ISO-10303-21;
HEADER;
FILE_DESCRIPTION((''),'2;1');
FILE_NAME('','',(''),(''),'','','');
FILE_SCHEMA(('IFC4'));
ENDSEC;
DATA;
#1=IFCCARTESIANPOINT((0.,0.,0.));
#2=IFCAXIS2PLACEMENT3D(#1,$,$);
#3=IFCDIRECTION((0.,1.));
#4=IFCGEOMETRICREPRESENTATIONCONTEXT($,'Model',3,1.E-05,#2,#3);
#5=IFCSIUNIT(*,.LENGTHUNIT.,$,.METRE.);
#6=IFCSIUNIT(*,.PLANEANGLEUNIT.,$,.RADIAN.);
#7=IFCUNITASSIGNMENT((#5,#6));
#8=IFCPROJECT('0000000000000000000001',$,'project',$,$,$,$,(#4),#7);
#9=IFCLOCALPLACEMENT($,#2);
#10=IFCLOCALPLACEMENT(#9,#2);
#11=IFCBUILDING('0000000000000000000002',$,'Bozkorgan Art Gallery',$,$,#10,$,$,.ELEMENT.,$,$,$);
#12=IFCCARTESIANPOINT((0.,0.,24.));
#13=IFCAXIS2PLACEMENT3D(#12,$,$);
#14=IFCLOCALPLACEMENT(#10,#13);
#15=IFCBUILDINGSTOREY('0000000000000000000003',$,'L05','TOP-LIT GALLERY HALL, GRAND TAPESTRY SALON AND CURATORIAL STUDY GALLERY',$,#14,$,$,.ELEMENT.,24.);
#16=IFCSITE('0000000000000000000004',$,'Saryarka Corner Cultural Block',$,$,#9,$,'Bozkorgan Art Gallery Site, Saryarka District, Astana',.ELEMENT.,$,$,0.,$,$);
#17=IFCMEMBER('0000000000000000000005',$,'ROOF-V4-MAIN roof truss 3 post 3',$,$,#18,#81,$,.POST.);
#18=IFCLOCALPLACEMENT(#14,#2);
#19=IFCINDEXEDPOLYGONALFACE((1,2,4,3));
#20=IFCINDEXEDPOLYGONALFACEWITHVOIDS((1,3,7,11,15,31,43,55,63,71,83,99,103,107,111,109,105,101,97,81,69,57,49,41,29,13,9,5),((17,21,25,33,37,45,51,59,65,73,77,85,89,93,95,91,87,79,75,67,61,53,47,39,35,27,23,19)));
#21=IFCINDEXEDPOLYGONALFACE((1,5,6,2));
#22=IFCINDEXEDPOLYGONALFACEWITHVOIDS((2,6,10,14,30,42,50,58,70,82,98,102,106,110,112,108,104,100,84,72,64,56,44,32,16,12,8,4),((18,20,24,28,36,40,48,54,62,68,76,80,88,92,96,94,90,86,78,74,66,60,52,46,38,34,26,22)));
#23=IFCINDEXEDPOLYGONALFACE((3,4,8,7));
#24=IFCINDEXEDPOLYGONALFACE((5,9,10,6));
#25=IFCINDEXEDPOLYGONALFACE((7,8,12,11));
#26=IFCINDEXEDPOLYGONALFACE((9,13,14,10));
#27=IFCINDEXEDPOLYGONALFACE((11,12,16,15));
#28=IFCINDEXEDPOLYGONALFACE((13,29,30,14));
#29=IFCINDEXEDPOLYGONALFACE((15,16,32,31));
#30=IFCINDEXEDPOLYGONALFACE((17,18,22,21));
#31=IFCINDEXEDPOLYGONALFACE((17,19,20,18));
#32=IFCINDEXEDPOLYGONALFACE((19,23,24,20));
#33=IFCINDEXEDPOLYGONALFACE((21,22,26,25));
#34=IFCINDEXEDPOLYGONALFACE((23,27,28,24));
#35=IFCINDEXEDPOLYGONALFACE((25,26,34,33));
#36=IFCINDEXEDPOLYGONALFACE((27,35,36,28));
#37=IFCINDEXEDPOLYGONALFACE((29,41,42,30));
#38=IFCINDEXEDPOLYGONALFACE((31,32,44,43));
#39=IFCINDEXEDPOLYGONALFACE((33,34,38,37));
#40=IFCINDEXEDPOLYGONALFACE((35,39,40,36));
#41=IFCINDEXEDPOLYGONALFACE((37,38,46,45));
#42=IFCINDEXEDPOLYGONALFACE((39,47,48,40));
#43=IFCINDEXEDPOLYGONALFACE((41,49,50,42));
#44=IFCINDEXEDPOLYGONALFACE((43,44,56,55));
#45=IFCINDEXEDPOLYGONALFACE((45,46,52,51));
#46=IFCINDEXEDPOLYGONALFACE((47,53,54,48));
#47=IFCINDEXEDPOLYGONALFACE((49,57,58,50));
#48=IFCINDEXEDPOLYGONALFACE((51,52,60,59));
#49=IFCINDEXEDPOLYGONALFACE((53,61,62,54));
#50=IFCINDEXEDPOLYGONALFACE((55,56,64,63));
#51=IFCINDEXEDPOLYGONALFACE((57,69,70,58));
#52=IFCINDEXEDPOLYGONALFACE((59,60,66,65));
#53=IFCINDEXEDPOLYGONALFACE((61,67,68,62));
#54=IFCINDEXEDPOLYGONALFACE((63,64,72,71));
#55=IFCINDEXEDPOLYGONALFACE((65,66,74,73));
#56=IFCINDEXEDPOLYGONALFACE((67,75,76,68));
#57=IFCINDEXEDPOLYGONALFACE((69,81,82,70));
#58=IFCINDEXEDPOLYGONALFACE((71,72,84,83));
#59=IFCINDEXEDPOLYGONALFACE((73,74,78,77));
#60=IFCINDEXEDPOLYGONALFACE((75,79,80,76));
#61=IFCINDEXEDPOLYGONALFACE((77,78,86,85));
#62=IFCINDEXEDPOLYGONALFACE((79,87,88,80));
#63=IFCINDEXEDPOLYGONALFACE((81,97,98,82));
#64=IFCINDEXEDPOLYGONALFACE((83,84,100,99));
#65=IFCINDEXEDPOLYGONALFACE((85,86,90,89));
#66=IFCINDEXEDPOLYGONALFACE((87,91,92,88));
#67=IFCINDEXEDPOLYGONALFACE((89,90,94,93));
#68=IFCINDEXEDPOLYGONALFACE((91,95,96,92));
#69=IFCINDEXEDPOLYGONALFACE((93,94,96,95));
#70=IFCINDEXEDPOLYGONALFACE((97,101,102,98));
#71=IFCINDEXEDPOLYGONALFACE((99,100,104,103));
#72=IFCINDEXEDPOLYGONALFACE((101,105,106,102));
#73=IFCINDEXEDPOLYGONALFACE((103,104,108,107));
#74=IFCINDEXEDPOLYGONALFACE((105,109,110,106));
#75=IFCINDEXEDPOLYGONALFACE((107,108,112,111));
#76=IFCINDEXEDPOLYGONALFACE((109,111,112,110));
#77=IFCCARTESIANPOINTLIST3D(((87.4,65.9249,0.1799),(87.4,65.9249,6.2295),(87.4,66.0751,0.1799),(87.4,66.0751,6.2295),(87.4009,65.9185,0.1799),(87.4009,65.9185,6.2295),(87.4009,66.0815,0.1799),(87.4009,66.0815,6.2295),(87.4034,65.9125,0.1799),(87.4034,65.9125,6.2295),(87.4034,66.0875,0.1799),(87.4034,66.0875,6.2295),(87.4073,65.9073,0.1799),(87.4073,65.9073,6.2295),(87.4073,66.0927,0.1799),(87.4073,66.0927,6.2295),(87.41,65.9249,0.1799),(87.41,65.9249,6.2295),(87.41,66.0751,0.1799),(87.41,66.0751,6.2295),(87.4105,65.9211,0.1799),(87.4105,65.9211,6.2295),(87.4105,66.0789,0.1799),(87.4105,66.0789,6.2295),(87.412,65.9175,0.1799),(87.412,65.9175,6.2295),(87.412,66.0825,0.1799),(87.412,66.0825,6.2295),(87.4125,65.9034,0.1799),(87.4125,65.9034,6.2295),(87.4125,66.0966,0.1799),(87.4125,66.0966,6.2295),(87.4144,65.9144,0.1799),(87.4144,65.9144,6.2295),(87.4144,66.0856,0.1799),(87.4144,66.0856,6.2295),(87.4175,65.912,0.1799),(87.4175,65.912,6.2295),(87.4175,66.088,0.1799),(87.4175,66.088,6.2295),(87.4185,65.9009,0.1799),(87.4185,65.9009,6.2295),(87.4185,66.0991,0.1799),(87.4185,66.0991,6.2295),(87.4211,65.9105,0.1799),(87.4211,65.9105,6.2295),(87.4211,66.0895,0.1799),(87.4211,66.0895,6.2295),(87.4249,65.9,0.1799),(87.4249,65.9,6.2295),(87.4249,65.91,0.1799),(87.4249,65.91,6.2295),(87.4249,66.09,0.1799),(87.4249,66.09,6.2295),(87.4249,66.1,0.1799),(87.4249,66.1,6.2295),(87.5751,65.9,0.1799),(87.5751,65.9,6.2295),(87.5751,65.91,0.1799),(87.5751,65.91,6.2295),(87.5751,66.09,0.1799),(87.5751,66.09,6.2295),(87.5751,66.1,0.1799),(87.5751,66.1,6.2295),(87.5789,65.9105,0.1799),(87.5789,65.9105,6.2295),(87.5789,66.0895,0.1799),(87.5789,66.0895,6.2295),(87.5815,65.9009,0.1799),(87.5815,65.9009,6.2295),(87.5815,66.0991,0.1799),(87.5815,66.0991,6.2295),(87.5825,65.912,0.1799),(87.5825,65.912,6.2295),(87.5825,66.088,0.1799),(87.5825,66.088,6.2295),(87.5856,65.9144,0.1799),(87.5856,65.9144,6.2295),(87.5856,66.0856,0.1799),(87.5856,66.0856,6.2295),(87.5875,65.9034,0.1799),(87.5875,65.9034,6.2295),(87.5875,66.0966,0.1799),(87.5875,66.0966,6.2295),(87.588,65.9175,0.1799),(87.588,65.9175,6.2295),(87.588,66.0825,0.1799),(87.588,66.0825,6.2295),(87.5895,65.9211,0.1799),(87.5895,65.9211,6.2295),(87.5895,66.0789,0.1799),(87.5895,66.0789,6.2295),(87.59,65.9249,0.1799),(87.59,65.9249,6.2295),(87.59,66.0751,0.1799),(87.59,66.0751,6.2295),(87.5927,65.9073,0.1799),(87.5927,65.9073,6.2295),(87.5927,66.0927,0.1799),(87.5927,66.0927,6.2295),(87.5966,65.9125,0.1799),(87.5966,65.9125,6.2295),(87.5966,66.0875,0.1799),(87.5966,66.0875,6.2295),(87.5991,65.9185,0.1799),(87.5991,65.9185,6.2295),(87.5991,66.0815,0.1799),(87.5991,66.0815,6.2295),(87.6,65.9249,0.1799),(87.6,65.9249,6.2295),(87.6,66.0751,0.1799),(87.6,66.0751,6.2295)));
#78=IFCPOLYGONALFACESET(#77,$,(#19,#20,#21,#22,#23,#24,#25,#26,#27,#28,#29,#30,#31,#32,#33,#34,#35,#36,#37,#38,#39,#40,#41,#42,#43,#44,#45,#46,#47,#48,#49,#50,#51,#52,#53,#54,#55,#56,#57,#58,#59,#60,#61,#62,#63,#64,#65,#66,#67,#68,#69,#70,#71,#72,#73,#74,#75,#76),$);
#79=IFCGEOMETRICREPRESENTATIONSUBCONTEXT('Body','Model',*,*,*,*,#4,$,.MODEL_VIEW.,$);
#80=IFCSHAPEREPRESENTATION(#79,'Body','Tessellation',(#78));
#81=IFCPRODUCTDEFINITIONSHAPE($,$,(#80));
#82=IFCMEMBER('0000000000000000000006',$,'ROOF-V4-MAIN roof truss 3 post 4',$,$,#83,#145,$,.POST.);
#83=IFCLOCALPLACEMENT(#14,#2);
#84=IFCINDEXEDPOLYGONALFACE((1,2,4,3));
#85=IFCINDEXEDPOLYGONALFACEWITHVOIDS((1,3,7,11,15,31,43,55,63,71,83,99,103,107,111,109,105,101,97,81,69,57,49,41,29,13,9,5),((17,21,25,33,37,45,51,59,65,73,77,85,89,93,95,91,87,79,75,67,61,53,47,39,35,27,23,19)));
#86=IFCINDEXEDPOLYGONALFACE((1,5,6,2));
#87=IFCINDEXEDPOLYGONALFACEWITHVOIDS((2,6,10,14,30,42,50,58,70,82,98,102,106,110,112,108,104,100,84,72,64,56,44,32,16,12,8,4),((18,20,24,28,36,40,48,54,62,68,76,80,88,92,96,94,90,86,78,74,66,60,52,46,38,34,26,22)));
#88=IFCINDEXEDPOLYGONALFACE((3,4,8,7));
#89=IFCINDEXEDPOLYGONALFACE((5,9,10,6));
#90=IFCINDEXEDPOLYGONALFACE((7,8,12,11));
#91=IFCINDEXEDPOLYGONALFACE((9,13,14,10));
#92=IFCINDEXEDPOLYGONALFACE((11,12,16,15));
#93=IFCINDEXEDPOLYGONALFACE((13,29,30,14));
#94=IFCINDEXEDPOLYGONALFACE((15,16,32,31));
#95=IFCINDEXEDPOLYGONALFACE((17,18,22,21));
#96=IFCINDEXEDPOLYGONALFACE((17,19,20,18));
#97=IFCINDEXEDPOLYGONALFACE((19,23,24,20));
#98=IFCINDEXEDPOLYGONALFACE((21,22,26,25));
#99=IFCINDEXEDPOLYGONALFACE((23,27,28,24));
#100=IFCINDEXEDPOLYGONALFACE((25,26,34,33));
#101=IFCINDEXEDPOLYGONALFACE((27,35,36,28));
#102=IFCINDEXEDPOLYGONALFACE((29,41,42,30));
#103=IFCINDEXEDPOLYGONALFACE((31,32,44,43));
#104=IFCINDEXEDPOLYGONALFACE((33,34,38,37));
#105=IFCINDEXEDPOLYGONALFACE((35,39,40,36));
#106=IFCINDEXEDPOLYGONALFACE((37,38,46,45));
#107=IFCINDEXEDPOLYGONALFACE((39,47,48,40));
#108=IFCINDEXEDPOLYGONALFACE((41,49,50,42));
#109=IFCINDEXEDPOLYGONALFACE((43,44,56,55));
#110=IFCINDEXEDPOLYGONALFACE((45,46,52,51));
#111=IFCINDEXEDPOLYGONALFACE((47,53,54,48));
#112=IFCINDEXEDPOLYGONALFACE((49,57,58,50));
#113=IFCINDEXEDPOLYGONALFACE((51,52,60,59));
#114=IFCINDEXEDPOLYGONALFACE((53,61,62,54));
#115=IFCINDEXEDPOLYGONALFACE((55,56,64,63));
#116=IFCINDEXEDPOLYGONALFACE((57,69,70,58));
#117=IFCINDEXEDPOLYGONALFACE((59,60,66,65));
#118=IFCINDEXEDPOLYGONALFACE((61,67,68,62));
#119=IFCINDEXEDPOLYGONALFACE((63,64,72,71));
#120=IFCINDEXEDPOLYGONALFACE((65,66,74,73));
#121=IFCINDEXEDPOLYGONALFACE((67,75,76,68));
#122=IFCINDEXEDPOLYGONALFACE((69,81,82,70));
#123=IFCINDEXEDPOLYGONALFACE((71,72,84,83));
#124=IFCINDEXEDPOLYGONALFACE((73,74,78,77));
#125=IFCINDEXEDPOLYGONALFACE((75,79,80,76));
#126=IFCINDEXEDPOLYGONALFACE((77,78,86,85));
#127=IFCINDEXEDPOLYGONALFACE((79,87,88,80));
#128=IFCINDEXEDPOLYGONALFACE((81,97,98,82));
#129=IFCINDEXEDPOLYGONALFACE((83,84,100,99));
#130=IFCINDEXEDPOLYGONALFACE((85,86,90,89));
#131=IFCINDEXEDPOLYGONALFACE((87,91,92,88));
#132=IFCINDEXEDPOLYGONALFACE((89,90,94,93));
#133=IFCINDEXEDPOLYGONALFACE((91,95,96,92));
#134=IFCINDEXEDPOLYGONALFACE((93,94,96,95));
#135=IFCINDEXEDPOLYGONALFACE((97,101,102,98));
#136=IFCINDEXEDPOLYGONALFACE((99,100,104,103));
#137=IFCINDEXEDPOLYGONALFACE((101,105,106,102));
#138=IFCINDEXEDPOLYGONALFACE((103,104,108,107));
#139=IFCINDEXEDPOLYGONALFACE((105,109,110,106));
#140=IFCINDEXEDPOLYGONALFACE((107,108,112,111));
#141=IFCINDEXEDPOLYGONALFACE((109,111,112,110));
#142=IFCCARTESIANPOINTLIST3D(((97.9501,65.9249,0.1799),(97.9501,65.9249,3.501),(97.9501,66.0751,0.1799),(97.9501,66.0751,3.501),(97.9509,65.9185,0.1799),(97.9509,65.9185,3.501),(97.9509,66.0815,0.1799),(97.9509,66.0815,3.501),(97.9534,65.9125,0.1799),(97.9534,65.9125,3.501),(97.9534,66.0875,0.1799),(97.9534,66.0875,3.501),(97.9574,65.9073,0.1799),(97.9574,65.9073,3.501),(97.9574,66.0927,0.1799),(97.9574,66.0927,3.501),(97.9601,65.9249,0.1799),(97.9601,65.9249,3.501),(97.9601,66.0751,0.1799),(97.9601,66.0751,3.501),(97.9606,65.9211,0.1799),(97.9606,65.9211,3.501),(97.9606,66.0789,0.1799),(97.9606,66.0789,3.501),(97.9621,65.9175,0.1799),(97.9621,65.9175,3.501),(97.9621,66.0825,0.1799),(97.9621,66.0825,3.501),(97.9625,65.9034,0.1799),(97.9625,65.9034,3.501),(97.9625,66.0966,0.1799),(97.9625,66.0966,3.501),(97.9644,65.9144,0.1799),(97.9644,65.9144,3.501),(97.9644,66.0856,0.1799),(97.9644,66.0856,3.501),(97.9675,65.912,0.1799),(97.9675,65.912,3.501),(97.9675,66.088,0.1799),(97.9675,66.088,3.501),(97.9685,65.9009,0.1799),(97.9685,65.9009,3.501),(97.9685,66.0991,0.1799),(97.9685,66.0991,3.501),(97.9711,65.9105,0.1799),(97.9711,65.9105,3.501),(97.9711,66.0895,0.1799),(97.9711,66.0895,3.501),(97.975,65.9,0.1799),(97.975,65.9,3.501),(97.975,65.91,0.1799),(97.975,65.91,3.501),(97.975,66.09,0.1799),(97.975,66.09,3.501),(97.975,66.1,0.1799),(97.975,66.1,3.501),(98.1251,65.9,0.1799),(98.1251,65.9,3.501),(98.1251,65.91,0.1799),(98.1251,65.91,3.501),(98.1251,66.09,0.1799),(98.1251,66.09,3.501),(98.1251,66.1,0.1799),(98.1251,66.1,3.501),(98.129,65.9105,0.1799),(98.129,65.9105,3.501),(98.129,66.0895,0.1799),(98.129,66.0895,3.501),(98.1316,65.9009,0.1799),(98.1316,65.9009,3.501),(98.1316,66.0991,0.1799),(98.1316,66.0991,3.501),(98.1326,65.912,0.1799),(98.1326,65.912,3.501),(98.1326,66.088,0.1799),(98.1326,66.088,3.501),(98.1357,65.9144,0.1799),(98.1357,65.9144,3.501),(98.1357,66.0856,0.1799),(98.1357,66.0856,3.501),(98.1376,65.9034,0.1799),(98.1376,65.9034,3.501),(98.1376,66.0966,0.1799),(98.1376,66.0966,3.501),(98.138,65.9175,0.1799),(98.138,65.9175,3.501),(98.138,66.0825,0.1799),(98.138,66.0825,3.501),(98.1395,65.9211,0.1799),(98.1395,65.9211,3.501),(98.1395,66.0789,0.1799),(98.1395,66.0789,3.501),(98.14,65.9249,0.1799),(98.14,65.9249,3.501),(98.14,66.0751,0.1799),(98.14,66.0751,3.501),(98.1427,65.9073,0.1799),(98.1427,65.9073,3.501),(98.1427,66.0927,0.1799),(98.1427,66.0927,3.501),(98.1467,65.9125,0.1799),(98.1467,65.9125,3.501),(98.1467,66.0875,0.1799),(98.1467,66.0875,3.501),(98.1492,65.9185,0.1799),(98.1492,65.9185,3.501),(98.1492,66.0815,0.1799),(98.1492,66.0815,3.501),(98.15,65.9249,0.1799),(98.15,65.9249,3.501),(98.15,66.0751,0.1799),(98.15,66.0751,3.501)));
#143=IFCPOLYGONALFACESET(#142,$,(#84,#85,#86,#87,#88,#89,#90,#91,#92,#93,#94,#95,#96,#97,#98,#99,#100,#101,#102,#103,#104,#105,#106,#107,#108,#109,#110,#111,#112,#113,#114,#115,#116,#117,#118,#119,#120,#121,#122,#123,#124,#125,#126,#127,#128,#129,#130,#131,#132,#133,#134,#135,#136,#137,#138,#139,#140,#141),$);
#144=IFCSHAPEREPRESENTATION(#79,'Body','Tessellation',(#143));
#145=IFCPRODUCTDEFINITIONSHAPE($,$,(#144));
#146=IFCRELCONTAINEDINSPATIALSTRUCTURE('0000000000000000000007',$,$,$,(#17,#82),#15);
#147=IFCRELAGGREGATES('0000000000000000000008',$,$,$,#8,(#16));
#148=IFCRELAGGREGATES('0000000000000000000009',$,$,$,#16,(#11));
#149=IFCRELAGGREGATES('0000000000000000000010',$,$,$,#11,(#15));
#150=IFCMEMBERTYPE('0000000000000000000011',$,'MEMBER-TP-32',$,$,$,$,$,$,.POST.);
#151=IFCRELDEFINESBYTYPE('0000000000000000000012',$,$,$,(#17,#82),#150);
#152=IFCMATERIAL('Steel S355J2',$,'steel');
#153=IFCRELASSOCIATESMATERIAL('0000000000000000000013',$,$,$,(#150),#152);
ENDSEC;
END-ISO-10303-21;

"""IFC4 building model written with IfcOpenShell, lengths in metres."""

from ifc_helpers import new_model, si_unit, direction, frame, origin, origin_2d, place, context, subcontext, project, spatial, hollow_rectangle, extrude, material, material_profile, profile_set, type_object, element, save


model = new_model("IFC4")

# Units and contexts
model_context = context("Model", 3, precision=1e-05, world=origin(), true_north=direction((0.0, 1.0)))
body_context = subcontext(model_context, "Body", "Model", "MODEL_VIEW")
ifc_project = project(units=[si_unit("LENGTHUNIT", "METRE"), si_unit("PLANEANGLEUNIT", "RADIAN")], contexts=[model_context])

# Site, building, storey
site_placement = place(None, origin())
site = spatial("IfcSite", under=ifc_project, at=site_placement, Name="Saryarka Corner Cultural Block", LongName="Bozkorgan Art Gallery Site, Saryarka District, Astana", CompositionType="ELEMENT", RefElevation=0.0)
building_placement = place(site_placement, origin())
building = spatial("IfcBuilding", under=site, at=building_placement, Name="Bozkorgan Art Gallery", CompositionType="ELEMENT")
storey_placement = place(building_placement, frame((0.0, 0.0, 24.0)))
storey = spatial("IfcBuildingStorey", under=building, at=storey_placement, Name="L05", Description="TOP-LIT GALLERY HALL, GRAND TAPESTRY SALON AND CURATORIAL STUDY GALLERY", CompositionType="ELEMENT", Elevation=24.0)

# Members
ifc_material_1 = material(Name="Steel S355J2", Category="steel")
ifc_material_profile_1 = material_profile(ifc_material_1, hollow_rectangle(XDim=0.2, YDim=0.2, WallThickness=0.01, InnerFilletRadius=0.0149, OuterFilletRadius=0.0249, at=origin_2d()), Name="SHS 200x200x10")
ifc_profile_set_1 = profile_set([ifc_material_profile_1], Name="Steel S355J2")
member_type_1 = type_object("IfcMemberType", Name="MEMBER-TP-32", PredefinedType="POST", material=ifc_profile_set_1)
member_1_placement = place(storey_placement, frame((87.5, 66.0, 0.1799), z_axis=(0.0, 0.0, 1.0), x_axis=(1.0, 0.0, 0.0)))
element("IfcMember", 1, at=member_1_placement, inside=storey, type_object=member_type_1, Name="ROOF-V4-MAIN roof truss 3 post 3", PredefinedType="POST", context=body_context, shape_type="SweptSolid", body=[
    extrude(hollow_rectangle(XDim=0.2, YDim=0.2, WallThickness=0.01, InnerFilletRadius=0.0149, OuterFilletRadius=0.0249, at=origin_2d()), origin(), (0.0, 0.0, 1.0), 6.0496),
])
member_2_placement = place(storey_placement, frame((98.05, 66.0, 0.1799), z_axis=(0.0, 0.0, 1.0), x_axis=(1.0, 0.0, 0.0)))
element("IfcMember", 2, at=member_2_placement, inside=storey, type_object=member_type_1, Name="ROOF-V4-MAIN roof truss 3 post 4", PredefinedType="POST", context=body_context, shape_type="SweptSolid", body=[
    extrude(hollow_rectangle(XDim=0.2, YDim=0.2, WallThickness=0.01, InnerFilletRadius=0.0149, OuterFilletRadius=0.0249, at=origin_2d()), origin(), (0.0, 0.0, 1.0), 3.321),
])

save(model, "model.ifc")
